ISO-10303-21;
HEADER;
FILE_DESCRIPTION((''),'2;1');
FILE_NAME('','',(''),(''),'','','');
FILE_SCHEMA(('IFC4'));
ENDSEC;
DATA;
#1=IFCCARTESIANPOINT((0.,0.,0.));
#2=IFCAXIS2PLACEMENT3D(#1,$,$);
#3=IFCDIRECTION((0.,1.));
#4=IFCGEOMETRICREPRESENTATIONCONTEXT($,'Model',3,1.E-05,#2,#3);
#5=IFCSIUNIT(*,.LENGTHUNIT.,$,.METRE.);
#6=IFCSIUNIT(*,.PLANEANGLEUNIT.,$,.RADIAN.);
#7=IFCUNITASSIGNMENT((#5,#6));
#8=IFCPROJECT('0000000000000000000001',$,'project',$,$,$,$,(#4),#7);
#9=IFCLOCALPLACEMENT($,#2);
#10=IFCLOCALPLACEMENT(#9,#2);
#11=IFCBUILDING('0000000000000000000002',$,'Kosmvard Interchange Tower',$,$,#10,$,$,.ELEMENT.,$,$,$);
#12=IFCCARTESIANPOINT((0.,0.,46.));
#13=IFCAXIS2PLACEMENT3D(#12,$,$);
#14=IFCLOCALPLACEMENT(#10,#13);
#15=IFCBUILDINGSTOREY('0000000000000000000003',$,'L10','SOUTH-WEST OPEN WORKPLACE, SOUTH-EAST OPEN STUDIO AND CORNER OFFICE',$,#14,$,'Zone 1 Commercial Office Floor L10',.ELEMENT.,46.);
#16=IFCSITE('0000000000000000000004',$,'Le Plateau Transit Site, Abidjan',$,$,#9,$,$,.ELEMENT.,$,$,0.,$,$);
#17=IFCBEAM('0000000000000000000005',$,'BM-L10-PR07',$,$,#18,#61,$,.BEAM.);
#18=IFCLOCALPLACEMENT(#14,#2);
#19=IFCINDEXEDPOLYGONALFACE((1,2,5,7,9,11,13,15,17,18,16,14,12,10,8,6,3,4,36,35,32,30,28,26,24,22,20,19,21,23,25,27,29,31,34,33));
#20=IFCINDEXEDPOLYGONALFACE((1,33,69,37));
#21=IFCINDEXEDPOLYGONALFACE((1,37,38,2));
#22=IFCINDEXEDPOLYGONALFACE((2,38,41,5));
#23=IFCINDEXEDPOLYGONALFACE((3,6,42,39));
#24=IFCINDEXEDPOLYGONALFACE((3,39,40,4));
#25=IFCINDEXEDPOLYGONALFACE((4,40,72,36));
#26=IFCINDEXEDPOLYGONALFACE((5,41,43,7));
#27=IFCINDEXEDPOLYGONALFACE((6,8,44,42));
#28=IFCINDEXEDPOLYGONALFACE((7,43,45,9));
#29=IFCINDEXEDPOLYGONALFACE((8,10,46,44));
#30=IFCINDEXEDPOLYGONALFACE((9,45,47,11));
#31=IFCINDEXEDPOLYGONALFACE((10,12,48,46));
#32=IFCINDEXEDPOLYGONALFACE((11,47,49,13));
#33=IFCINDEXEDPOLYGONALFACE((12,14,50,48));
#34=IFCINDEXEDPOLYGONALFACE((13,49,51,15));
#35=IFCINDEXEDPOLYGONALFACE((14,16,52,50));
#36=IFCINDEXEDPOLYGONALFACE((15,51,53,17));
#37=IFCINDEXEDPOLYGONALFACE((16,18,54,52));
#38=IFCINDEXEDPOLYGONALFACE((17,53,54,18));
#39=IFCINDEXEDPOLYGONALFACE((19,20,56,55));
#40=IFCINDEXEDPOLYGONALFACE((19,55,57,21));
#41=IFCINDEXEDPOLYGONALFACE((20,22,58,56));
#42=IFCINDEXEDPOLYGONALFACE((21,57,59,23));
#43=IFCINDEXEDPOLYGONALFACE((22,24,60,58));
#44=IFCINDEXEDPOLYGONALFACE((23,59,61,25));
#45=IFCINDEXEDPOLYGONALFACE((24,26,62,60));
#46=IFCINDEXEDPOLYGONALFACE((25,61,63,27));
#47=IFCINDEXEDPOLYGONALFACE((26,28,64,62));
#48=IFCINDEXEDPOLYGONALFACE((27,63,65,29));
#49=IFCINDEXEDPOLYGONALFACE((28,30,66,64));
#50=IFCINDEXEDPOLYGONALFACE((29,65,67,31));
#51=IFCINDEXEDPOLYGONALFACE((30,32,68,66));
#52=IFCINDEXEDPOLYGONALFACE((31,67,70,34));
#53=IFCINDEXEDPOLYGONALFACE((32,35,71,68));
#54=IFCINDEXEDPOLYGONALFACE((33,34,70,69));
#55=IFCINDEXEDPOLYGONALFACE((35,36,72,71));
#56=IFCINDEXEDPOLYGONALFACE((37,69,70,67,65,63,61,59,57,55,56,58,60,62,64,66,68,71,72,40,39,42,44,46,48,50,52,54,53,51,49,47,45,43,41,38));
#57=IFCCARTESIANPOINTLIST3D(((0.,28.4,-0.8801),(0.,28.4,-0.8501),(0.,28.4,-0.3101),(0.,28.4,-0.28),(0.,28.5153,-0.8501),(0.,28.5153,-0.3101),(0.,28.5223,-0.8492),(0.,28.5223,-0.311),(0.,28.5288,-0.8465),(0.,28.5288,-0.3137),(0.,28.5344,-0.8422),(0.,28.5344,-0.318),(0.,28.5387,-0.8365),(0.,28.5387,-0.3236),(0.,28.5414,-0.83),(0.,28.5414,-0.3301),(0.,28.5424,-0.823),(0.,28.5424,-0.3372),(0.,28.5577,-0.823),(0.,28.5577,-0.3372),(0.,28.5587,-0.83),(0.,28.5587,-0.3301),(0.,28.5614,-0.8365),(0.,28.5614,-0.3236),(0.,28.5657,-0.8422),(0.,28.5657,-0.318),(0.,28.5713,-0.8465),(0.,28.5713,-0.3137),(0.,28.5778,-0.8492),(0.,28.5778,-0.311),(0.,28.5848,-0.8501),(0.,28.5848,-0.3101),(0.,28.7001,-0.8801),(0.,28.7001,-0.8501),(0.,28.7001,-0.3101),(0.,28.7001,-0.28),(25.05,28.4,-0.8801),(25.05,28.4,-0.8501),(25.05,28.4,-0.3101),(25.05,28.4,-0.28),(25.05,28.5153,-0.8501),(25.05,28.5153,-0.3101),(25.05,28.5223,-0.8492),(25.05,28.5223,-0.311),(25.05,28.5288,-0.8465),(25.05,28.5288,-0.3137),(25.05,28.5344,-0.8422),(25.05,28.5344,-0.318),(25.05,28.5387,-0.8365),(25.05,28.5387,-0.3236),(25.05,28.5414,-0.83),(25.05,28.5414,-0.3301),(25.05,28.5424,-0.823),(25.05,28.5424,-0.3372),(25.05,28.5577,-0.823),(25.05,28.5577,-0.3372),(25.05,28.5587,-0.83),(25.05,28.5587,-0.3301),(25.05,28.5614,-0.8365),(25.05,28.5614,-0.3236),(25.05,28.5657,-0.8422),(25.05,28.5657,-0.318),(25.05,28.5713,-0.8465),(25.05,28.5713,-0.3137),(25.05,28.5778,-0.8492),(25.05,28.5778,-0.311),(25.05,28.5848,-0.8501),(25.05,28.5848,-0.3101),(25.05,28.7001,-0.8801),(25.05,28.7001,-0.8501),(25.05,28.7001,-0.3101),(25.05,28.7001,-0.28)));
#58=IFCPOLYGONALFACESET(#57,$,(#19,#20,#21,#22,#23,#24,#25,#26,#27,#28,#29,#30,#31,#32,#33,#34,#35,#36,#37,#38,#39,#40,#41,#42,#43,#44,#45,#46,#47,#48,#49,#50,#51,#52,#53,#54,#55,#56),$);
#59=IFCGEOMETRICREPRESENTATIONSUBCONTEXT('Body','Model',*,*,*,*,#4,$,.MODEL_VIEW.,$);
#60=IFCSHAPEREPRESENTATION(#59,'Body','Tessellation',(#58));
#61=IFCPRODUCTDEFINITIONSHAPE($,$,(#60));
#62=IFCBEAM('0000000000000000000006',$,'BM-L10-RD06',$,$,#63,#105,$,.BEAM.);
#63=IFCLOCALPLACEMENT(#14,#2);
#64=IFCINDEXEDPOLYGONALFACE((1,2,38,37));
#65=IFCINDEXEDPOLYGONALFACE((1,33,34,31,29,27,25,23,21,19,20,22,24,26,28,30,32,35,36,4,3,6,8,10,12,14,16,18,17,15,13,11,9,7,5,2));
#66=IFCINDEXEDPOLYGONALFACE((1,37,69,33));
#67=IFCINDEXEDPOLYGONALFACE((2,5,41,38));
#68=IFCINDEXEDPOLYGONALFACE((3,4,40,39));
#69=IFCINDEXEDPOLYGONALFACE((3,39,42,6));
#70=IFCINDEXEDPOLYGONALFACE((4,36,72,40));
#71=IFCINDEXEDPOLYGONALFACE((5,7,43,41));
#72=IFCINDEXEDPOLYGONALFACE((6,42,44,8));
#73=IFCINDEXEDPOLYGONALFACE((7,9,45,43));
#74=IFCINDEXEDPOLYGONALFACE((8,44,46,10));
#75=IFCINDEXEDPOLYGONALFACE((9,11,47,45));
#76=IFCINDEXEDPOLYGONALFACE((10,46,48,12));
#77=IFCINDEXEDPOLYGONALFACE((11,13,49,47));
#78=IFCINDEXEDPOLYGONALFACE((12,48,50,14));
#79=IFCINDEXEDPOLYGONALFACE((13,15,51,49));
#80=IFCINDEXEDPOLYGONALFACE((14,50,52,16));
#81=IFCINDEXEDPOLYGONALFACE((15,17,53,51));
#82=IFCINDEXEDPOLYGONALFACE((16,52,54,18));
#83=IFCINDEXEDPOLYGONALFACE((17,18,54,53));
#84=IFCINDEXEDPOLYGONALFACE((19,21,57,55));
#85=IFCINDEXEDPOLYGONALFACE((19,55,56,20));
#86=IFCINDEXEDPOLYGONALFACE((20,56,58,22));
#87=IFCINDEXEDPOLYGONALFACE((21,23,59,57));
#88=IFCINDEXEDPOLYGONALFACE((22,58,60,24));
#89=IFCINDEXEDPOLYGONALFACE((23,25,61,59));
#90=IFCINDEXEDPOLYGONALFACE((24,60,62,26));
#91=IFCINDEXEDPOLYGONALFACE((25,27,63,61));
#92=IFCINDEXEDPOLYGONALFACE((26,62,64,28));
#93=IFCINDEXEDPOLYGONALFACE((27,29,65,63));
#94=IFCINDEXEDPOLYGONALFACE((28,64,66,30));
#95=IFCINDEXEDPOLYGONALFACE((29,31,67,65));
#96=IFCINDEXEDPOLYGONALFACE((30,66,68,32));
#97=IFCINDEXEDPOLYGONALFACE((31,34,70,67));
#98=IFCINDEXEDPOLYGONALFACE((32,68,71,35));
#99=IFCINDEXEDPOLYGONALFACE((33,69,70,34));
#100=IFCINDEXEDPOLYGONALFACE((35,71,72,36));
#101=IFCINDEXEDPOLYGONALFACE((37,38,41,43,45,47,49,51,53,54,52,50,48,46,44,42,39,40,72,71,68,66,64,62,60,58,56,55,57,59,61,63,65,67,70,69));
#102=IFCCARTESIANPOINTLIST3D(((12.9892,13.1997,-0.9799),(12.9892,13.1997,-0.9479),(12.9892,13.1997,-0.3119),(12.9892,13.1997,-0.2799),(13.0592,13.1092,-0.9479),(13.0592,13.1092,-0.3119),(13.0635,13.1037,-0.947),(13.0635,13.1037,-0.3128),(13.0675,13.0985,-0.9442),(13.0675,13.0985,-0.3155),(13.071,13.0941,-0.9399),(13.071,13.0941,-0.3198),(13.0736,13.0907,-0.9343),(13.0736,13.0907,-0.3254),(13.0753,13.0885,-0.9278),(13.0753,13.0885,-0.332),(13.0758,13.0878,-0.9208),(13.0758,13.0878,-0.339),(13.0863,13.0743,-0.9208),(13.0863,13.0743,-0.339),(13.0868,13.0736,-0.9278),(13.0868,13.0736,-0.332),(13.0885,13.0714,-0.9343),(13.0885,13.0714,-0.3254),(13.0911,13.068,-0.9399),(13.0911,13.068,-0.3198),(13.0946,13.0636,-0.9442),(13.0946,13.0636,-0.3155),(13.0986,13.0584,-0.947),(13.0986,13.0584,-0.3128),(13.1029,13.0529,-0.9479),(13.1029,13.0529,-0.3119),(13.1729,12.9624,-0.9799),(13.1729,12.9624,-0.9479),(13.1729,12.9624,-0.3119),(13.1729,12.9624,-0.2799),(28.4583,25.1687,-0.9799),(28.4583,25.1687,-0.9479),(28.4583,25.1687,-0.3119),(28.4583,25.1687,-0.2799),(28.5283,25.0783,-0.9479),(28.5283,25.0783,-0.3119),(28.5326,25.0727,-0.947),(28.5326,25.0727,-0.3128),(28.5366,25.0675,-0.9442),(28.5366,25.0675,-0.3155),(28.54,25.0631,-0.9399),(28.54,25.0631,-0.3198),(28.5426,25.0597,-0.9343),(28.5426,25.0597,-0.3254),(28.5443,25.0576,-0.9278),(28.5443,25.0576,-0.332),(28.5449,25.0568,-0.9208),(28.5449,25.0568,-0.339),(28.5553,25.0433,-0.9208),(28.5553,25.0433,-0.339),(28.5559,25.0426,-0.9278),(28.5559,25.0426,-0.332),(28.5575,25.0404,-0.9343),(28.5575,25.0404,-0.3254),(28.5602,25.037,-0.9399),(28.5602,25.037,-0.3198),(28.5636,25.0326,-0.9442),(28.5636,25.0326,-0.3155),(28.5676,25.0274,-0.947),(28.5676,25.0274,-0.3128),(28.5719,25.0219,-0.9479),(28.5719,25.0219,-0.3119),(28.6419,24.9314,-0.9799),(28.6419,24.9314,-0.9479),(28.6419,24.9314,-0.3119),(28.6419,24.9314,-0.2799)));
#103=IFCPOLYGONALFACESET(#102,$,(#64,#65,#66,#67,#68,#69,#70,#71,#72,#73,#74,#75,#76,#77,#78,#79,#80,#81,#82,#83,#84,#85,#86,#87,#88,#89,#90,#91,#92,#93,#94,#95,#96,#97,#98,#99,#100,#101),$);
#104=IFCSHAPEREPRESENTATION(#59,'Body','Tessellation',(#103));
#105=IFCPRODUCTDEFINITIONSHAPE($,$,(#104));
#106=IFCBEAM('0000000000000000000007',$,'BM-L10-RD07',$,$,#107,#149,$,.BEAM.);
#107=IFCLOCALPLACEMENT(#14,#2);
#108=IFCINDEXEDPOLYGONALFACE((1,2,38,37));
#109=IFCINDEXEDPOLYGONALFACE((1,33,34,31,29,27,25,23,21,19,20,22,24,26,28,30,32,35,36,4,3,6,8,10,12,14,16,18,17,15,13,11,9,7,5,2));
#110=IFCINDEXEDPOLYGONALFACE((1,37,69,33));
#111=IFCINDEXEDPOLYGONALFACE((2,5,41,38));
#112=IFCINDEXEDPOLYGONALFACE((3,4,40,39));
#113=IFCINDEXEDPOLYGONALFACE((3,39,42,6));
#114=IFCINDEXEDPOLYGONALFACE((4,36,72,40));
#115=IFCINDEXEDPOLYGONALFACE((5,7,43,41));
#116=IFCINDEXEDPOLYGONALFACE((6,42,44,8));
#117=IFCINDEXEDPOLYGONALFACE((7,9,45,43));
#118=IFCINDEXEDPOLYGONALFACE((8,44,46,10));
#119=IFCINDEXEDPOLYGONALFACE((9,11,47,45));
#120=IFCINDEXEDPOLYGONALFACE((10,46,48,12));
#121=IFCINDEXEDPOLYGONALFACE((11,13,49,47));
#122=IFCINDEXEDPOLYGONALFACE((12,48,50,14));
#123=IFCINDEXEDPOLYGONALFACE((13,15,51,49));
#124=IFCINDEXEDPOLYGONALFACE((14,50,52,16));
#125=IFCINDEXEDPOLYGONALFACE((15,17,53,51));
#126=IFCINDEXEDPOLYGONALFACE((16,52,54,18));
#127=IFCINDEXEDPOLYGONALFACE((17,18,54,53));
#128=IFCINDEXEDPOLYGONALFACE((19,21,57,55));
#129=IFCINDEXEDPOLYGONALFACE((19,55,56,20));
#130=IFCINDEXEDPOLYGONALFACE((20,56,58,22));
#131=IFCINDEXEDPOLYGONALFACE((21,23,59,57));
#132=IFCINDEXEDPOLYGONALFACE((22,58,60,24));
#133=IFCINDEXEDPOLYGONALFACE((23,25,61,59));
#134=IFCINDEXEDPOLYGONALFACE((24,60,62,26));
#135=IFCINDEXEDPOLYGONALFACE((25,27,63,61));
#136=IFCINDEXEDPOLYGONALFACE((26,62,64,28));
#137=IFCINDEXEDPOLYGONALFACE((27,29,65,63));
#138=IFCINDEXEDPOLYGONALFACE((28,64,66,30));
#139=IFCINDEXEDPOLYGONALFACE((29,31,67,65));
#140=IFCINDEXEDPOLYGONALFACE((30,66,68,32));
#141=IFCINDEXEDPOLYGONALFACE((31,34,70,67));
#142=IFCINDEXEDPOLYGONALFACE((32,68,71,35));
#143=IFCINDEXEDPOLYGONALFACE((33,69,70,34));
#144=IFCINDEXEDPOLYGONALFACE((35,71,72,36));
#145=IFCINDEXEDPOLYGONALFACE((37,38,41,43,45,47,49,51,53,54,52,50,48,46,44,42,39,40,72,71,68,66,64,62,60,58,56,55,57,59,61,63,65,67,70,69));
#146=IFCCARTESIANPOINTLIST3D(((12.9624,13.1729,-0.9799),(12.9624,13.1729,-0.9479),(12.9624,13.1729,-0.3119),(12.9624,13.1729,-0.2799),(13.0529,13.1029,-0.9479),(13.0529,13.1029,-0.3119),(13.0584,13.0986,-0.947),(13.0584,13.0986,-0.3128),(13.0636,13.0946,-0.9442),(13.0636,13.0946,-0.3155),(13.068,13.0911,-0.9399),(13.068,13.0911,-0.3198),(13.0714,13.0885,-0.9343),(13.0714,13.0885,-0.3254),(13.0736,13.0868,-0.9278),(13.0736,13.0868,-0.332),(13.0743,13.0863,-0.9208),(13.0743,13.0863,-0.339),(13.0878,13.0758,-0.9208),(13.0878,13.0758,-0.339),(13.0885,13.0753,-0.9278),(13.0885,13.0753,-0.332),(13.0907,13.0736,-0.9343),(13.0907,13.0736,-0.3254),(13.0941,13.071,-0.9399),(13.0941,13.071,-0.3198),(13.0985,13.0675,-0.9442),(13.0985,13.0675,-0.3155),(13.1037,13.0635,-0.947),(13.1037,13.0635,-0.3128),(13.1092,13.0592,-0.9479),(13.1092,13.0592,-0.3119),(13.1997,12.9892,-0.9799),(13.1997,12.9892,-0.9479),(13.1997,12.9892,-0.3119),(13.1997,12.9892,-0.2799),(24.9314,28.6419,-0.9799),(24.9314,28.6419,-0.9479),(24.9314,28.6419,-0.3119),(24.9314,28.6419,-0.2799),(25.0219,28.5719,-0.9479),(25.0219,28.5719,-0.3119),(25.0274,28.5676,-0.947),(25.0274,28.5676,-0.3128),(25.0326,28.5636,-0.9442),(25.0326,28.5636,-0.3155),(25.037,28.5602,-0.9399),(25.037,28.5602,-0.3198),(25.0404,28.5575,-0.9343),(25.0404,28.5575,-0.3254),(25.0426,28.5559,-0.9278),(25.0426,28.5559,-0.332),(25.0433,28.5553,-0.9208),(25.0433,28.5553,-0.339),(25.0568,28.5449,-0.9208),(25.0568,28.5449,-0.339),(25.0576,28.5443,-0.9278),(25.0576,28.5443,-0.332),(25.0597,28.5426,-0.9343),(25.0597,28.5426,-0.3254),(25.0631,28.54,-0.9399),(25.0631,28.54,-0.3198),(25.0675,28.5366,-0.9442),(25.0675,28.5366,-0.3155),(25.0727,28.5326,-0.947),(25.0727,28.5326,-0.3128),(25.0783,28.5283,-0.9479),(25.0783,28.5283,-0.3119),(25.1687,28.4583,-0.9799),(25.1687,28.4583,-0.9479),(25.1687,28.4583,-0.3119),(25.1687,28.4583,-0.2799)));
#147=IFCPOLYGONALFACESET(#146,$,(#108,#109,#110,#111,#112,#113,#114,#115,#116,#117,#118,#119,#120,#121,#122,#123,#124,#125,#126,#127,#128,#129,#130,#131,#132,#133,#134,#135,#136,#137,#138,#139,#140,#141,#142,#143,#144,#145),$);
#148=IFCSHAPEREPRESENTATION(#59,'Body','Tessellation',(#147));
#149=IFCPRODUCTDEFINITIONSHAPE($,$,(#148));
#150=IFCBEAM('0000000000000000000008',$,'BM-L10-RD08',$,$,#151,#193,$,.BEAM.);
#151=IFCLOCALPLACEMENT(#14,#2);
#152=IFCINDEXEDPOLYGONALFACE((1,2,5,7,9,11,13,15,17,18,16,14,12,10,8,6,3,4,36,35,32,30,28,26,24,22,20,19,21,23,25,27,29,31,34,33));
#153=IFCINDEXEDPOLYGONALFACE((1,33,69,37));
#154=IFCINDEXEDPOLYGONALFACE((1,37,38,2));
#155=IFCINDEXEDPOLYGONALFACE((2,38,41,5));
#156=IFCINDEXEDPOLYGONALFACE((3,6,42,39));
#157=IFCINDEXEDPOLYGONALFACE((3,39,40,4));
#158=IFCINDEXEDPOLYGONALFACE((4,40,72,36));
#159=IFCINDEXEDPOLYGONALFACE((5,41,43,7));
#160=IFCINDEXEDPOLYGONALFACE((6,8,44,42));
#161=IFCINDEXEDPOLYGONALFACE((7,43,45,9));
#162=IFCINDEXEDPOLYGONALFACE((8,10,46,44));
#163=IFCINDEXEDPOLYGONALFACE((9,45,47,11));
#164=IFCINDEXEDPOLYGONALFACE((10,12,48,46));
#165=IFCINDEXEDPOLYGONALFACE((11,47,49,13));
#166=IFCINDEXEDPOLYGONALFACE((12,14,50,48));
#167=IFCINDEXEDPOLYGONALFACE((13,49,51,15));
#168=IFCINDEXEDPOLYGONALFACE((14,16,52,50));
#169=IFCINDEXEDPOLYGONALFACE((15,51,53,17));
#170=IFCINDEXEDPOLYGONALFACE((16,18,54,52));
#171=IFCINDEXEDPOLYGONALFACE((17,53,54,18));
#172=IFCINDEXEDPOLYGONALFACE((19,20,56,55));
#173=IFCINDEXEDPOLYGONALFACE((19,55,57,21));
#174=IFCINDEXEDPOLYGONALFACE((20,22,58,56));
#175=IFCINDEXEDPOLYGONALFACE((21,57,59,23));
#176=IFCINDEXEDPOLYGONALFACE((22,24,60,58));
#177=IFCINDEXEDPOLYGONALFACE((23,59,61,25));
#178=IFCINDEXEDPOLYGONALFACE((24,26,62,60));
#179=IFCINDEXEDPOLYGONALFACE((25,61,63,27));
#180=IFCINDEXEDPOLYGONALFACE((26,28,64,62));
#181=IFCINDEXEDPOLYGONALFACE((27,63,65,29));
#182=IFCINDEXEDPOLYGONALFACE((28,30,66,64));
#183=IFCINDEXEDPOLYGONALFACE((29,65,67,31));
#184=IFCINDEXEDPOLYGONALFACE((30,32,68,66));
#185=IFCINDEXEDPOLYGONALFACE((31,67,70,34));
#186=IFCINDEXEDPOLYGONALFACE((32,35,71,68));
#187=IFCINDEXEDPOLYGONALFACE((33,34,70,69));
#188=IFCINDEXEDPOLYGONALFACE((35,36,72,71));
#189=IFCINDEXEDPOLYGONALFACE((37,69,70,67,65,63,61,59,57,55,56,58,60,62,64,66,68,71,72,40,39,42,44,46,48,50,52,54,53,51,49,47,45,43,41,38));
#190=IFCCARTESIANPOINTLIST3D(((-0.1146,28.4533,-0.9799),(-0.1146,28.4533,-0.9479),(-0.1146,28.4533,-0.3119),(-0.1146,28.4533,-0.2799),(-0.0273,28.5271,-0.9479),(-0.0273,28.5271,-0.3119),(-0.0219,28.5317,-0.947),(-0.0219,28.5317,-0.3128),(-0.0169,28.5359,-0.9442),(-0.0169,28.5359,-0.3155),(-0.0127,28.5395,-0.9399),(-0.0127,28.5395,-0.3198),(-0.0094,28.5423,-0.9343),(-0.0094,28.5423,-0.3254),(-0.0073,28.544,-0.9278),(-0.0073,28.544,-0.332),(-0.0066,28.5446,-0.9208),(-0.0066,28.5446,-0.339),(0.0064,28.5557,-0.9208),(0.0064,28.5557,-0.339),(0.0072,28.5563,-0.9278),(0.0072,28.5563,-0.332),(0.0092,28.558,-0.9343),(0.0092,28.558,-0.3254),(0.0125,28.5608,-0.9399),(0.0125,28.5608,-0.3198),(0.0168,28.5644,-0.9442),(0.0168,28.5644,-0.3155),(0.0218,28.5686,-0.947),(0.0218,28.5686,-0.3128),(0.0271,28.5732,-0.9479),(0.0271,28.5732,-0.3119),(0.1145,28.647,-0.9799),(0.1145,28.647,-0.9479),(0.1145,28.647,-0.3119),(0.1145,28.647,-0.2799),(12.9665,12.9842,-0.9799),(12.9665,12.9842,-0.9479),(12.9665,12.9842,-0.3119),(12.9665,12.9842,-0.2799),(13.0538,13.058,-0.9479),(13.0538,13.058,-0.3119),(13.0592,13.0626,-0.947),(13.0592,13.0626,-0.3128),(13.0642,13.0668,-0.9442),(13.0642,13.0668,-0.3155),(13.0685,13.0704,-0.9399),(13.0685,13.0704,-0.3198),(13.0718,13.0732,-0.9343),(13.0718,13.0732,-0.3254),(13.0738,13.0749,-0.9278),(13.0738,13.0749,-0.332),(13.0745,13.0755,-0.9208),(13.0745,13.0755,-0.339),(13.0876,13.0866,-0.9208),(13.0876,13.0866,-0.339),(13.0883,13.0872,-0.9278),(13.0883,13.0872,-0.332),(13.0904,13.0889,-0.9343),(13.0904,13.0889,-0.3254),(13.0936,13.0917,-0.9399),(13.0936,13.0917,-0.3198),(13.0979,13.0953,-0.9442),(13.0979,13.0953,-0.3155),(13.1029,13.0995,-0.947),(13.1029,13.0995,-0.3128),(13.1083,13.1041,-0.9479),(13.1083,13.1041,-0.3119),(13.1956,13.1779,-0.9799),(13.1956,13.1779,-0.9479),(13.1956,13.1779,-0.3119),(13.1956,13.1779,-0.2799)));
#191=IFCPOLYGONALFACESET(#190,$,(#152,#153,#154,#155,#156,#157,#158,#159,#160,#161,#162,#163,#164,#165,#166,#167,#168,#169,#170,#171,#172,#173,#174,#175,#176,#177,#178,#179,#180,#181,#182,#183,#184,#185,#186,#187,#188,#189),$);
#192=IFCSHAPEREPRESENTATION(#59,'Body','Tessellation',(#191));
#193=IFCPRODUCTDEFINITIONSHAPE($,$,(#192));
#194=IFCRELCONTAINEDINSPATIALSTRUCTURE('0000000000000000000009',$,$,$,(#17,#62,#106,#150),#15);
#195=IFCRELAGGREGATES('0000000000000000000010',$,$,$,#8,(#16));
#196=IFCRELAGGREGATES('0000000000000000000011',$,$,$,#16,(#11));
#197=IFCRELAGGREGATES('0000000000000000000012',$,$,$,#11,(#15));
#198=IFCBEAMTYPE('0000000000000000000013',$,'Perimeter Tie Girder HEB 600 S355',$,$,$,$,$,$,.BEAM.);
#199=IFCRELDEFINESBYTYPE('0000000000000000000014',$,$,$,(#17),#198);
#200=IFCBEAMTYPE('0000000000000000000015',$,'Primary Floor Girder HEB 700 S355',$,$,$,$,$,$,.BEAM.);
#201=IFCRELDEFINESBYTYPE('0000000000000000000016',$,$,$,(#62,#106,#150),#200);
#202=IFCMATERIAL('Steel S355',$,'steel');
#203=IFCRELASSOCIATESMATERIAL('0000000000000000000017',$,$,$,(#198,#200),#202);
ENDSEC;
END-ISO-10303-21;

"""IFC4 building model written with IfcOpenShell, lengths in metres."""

from ifc_helpers import new_model, si_unit, direction, frame, origin, origin_2d, place, context, subcontext, project, spatial, i_section, extrude, source, transform, mapped, material, material_profile, profile_set, type_object, element, save


model = new_model("IFC4")

# Units and contexts
model_context = context("Model", 3, precision=1e-05, world=origin(), true_north=direction((0.0, 1.0)))
body_context = subcontext(model_context, "Body", "Model", "MODEL_VIEW")
ifc_project = project(units=[si_unit("LENGTHUNIT", "METRE"), si_unit("PLANEANGLEUNIT", "RADIAN")], contexts=[model_context])

# Site, building, storey
site_placement = place(None, origin())
site = spatial("IfcSite", under=ifc_project, at=site_placement, Name="Le Plateau Transit Site, Abidjan", CompositionType="ELEMENT", RefElevation=0.0)
building_placement = place(site_placement, origin())
building = spatial("IfcBuilding", under=site, at=building_placement, Name="Kosmvard Interchange Tower", CompositionType="ELEMENT")
storey_placement = place(building_placement, frame((0.0, 0.0, 46.0)))
storey = spatial("IfcBuildingStorey", under=building, at=storey_placement, Name="L10", Description="SOUTH-WEST OPEN WORKPLACE, SOUTH-EAST OPEN STUDIO AND CORNER OFFICE", LongName="Zone 1 Commercial Office Floor L10", CompositionType="ELEMENT", Elevation=46.0)

# Beams
ifc_material_1 = material(Name="Steel S355", Category="steel")
ifc_material_profile_1 = material_profile(ifc_material_1, i_section(OverallWidth=0.3, OverallDepth=0.6001, WebThickness=0.0154, FlangeThickness=0.03, FilletRadius=0.0271, at=origin_2d()), Name="HEB 600")
ifc_profile_set_1 = profile_set([ifc_material_profile_1], Name="Steel S355")
beam_type_1 = type_object("IfcBeamType", Name="Perimeter Tie Girder HEB 600 S355", PredefinedType="BEAM", material=ifc_profile_set_1)
shared_shape_1 = source(origin(), body_context, "Body", "SweptSolid", [
    extrude(i_section(OverallWidth=0.3, OverallDepth=0.6001, WebThickness=0.0154, FlangeThickness=0.03, FilletRadius=0.0271, at=origin_2d()), origin(), (0.0, 0.0, 1.0), 25.05),
])
beam_1_placement = place(storey_placement, frame((25.05, 28.55, -0.5801), z_axis=(-1.0, 0.0, 0.0), x_axis=(0.0, -1.0, 0.0)))
element("IfcBeam", 1, at=beam_1_placement, inside=storey, type_object=beam_type_1, Name="BM-L10-PR07", PredefinedType="BEAM", context=body_context, shape_type="MappedRepresentation", body=[
    mapped(shared_shape_1, transform((0.0, 0.0, 0.0), scale=1.0)),
])
ifc_material_profile_2 = material_profile(ifc_material_1, i_section(OverallWidth=0.3, OverallDepth=0.7, WebThickness=0.0171, FlangeThickness=0.032, FilletRadius=0.0271, at=origin_2d()), Name="HEB 700")
ifc_profile_set_2 = profile_set([ifc_material_profile_2], Name="Steel S355")
beam_type_2 = type_object("IfcBeamType", Name="Primary Floor Girder HEB 700 S355", PredefinedType="BEAM", material=ifc_profile_set_2)
shared_shape_2 = source(origin(), body_context, "Body", "SweptSolid", [
    extrude(i_section(OverallWidth=0.3, OverallDepth=0.7, WebThickness=0.0171, FlangeThickness=0.032, FilletRadius=0.0271, at=origin_2d()), origin(), (0.0, 0.0, 1.0), 19.5588),
])
for number, where, z_axis, x_axis, name in (
    (2, (13.0811, 13.0811, -0.6299), (0.790897, 0.611949, 0.0), (-0.611949, 0.790897, 0.0), "BM-L10-RD06"),
    (3, (13.0811, 13.0811, -0.6299), (0.611949, 0.790897, 0.0), (-0.790897, 0.611949, 0.0), "BM-L10-RD07"),
):
    element("IfcBeam", number, at=place(storey_placement, frame(where, z_axis=z_axis, x_axis=x_axis)), inside=storey, type_object=beam_type_2, Name=name, PredefinedType="BEAM", context=body_context, shape_type="MappedRepresentation", body=[
        mapped(shared_shape_2, transform((0.0, 0.0, 0.0), scale=1.0)),
    ])
shared_shape_3 = source(origin(), body_context, "Body", "SweptSolid", [
    extrude(i_section(OverallWidth=0.3, OverallDepth=0.7, WebThickness=0.0171, FlangeThickness=0.032, FilletRadius=0.0271, at=origin_2d()), origin(), (0.0, 0.0, 1.0), 20.2585),
])
beam_2_placement = place(storey_placement, frame((13.0811, 13.0811, -0.6299), z_axis=(-0.645709, 0.763583, 0.0), x_axis=(-0.763583, -0.645709, 0.0)))
element("IfcBeam", 4, at=beam_2_placement, inside=storey, type_object=beam_type_2, Name="BM-L10-RD08", PredefinedType="BEAM", context=body_context, shape_type="MappedRepresentation", body=[
    mapped(shared_shape_3, transform((0.0, 0.0, 0.0), scale=1.0)),
])

save(model, "model.ifc")
